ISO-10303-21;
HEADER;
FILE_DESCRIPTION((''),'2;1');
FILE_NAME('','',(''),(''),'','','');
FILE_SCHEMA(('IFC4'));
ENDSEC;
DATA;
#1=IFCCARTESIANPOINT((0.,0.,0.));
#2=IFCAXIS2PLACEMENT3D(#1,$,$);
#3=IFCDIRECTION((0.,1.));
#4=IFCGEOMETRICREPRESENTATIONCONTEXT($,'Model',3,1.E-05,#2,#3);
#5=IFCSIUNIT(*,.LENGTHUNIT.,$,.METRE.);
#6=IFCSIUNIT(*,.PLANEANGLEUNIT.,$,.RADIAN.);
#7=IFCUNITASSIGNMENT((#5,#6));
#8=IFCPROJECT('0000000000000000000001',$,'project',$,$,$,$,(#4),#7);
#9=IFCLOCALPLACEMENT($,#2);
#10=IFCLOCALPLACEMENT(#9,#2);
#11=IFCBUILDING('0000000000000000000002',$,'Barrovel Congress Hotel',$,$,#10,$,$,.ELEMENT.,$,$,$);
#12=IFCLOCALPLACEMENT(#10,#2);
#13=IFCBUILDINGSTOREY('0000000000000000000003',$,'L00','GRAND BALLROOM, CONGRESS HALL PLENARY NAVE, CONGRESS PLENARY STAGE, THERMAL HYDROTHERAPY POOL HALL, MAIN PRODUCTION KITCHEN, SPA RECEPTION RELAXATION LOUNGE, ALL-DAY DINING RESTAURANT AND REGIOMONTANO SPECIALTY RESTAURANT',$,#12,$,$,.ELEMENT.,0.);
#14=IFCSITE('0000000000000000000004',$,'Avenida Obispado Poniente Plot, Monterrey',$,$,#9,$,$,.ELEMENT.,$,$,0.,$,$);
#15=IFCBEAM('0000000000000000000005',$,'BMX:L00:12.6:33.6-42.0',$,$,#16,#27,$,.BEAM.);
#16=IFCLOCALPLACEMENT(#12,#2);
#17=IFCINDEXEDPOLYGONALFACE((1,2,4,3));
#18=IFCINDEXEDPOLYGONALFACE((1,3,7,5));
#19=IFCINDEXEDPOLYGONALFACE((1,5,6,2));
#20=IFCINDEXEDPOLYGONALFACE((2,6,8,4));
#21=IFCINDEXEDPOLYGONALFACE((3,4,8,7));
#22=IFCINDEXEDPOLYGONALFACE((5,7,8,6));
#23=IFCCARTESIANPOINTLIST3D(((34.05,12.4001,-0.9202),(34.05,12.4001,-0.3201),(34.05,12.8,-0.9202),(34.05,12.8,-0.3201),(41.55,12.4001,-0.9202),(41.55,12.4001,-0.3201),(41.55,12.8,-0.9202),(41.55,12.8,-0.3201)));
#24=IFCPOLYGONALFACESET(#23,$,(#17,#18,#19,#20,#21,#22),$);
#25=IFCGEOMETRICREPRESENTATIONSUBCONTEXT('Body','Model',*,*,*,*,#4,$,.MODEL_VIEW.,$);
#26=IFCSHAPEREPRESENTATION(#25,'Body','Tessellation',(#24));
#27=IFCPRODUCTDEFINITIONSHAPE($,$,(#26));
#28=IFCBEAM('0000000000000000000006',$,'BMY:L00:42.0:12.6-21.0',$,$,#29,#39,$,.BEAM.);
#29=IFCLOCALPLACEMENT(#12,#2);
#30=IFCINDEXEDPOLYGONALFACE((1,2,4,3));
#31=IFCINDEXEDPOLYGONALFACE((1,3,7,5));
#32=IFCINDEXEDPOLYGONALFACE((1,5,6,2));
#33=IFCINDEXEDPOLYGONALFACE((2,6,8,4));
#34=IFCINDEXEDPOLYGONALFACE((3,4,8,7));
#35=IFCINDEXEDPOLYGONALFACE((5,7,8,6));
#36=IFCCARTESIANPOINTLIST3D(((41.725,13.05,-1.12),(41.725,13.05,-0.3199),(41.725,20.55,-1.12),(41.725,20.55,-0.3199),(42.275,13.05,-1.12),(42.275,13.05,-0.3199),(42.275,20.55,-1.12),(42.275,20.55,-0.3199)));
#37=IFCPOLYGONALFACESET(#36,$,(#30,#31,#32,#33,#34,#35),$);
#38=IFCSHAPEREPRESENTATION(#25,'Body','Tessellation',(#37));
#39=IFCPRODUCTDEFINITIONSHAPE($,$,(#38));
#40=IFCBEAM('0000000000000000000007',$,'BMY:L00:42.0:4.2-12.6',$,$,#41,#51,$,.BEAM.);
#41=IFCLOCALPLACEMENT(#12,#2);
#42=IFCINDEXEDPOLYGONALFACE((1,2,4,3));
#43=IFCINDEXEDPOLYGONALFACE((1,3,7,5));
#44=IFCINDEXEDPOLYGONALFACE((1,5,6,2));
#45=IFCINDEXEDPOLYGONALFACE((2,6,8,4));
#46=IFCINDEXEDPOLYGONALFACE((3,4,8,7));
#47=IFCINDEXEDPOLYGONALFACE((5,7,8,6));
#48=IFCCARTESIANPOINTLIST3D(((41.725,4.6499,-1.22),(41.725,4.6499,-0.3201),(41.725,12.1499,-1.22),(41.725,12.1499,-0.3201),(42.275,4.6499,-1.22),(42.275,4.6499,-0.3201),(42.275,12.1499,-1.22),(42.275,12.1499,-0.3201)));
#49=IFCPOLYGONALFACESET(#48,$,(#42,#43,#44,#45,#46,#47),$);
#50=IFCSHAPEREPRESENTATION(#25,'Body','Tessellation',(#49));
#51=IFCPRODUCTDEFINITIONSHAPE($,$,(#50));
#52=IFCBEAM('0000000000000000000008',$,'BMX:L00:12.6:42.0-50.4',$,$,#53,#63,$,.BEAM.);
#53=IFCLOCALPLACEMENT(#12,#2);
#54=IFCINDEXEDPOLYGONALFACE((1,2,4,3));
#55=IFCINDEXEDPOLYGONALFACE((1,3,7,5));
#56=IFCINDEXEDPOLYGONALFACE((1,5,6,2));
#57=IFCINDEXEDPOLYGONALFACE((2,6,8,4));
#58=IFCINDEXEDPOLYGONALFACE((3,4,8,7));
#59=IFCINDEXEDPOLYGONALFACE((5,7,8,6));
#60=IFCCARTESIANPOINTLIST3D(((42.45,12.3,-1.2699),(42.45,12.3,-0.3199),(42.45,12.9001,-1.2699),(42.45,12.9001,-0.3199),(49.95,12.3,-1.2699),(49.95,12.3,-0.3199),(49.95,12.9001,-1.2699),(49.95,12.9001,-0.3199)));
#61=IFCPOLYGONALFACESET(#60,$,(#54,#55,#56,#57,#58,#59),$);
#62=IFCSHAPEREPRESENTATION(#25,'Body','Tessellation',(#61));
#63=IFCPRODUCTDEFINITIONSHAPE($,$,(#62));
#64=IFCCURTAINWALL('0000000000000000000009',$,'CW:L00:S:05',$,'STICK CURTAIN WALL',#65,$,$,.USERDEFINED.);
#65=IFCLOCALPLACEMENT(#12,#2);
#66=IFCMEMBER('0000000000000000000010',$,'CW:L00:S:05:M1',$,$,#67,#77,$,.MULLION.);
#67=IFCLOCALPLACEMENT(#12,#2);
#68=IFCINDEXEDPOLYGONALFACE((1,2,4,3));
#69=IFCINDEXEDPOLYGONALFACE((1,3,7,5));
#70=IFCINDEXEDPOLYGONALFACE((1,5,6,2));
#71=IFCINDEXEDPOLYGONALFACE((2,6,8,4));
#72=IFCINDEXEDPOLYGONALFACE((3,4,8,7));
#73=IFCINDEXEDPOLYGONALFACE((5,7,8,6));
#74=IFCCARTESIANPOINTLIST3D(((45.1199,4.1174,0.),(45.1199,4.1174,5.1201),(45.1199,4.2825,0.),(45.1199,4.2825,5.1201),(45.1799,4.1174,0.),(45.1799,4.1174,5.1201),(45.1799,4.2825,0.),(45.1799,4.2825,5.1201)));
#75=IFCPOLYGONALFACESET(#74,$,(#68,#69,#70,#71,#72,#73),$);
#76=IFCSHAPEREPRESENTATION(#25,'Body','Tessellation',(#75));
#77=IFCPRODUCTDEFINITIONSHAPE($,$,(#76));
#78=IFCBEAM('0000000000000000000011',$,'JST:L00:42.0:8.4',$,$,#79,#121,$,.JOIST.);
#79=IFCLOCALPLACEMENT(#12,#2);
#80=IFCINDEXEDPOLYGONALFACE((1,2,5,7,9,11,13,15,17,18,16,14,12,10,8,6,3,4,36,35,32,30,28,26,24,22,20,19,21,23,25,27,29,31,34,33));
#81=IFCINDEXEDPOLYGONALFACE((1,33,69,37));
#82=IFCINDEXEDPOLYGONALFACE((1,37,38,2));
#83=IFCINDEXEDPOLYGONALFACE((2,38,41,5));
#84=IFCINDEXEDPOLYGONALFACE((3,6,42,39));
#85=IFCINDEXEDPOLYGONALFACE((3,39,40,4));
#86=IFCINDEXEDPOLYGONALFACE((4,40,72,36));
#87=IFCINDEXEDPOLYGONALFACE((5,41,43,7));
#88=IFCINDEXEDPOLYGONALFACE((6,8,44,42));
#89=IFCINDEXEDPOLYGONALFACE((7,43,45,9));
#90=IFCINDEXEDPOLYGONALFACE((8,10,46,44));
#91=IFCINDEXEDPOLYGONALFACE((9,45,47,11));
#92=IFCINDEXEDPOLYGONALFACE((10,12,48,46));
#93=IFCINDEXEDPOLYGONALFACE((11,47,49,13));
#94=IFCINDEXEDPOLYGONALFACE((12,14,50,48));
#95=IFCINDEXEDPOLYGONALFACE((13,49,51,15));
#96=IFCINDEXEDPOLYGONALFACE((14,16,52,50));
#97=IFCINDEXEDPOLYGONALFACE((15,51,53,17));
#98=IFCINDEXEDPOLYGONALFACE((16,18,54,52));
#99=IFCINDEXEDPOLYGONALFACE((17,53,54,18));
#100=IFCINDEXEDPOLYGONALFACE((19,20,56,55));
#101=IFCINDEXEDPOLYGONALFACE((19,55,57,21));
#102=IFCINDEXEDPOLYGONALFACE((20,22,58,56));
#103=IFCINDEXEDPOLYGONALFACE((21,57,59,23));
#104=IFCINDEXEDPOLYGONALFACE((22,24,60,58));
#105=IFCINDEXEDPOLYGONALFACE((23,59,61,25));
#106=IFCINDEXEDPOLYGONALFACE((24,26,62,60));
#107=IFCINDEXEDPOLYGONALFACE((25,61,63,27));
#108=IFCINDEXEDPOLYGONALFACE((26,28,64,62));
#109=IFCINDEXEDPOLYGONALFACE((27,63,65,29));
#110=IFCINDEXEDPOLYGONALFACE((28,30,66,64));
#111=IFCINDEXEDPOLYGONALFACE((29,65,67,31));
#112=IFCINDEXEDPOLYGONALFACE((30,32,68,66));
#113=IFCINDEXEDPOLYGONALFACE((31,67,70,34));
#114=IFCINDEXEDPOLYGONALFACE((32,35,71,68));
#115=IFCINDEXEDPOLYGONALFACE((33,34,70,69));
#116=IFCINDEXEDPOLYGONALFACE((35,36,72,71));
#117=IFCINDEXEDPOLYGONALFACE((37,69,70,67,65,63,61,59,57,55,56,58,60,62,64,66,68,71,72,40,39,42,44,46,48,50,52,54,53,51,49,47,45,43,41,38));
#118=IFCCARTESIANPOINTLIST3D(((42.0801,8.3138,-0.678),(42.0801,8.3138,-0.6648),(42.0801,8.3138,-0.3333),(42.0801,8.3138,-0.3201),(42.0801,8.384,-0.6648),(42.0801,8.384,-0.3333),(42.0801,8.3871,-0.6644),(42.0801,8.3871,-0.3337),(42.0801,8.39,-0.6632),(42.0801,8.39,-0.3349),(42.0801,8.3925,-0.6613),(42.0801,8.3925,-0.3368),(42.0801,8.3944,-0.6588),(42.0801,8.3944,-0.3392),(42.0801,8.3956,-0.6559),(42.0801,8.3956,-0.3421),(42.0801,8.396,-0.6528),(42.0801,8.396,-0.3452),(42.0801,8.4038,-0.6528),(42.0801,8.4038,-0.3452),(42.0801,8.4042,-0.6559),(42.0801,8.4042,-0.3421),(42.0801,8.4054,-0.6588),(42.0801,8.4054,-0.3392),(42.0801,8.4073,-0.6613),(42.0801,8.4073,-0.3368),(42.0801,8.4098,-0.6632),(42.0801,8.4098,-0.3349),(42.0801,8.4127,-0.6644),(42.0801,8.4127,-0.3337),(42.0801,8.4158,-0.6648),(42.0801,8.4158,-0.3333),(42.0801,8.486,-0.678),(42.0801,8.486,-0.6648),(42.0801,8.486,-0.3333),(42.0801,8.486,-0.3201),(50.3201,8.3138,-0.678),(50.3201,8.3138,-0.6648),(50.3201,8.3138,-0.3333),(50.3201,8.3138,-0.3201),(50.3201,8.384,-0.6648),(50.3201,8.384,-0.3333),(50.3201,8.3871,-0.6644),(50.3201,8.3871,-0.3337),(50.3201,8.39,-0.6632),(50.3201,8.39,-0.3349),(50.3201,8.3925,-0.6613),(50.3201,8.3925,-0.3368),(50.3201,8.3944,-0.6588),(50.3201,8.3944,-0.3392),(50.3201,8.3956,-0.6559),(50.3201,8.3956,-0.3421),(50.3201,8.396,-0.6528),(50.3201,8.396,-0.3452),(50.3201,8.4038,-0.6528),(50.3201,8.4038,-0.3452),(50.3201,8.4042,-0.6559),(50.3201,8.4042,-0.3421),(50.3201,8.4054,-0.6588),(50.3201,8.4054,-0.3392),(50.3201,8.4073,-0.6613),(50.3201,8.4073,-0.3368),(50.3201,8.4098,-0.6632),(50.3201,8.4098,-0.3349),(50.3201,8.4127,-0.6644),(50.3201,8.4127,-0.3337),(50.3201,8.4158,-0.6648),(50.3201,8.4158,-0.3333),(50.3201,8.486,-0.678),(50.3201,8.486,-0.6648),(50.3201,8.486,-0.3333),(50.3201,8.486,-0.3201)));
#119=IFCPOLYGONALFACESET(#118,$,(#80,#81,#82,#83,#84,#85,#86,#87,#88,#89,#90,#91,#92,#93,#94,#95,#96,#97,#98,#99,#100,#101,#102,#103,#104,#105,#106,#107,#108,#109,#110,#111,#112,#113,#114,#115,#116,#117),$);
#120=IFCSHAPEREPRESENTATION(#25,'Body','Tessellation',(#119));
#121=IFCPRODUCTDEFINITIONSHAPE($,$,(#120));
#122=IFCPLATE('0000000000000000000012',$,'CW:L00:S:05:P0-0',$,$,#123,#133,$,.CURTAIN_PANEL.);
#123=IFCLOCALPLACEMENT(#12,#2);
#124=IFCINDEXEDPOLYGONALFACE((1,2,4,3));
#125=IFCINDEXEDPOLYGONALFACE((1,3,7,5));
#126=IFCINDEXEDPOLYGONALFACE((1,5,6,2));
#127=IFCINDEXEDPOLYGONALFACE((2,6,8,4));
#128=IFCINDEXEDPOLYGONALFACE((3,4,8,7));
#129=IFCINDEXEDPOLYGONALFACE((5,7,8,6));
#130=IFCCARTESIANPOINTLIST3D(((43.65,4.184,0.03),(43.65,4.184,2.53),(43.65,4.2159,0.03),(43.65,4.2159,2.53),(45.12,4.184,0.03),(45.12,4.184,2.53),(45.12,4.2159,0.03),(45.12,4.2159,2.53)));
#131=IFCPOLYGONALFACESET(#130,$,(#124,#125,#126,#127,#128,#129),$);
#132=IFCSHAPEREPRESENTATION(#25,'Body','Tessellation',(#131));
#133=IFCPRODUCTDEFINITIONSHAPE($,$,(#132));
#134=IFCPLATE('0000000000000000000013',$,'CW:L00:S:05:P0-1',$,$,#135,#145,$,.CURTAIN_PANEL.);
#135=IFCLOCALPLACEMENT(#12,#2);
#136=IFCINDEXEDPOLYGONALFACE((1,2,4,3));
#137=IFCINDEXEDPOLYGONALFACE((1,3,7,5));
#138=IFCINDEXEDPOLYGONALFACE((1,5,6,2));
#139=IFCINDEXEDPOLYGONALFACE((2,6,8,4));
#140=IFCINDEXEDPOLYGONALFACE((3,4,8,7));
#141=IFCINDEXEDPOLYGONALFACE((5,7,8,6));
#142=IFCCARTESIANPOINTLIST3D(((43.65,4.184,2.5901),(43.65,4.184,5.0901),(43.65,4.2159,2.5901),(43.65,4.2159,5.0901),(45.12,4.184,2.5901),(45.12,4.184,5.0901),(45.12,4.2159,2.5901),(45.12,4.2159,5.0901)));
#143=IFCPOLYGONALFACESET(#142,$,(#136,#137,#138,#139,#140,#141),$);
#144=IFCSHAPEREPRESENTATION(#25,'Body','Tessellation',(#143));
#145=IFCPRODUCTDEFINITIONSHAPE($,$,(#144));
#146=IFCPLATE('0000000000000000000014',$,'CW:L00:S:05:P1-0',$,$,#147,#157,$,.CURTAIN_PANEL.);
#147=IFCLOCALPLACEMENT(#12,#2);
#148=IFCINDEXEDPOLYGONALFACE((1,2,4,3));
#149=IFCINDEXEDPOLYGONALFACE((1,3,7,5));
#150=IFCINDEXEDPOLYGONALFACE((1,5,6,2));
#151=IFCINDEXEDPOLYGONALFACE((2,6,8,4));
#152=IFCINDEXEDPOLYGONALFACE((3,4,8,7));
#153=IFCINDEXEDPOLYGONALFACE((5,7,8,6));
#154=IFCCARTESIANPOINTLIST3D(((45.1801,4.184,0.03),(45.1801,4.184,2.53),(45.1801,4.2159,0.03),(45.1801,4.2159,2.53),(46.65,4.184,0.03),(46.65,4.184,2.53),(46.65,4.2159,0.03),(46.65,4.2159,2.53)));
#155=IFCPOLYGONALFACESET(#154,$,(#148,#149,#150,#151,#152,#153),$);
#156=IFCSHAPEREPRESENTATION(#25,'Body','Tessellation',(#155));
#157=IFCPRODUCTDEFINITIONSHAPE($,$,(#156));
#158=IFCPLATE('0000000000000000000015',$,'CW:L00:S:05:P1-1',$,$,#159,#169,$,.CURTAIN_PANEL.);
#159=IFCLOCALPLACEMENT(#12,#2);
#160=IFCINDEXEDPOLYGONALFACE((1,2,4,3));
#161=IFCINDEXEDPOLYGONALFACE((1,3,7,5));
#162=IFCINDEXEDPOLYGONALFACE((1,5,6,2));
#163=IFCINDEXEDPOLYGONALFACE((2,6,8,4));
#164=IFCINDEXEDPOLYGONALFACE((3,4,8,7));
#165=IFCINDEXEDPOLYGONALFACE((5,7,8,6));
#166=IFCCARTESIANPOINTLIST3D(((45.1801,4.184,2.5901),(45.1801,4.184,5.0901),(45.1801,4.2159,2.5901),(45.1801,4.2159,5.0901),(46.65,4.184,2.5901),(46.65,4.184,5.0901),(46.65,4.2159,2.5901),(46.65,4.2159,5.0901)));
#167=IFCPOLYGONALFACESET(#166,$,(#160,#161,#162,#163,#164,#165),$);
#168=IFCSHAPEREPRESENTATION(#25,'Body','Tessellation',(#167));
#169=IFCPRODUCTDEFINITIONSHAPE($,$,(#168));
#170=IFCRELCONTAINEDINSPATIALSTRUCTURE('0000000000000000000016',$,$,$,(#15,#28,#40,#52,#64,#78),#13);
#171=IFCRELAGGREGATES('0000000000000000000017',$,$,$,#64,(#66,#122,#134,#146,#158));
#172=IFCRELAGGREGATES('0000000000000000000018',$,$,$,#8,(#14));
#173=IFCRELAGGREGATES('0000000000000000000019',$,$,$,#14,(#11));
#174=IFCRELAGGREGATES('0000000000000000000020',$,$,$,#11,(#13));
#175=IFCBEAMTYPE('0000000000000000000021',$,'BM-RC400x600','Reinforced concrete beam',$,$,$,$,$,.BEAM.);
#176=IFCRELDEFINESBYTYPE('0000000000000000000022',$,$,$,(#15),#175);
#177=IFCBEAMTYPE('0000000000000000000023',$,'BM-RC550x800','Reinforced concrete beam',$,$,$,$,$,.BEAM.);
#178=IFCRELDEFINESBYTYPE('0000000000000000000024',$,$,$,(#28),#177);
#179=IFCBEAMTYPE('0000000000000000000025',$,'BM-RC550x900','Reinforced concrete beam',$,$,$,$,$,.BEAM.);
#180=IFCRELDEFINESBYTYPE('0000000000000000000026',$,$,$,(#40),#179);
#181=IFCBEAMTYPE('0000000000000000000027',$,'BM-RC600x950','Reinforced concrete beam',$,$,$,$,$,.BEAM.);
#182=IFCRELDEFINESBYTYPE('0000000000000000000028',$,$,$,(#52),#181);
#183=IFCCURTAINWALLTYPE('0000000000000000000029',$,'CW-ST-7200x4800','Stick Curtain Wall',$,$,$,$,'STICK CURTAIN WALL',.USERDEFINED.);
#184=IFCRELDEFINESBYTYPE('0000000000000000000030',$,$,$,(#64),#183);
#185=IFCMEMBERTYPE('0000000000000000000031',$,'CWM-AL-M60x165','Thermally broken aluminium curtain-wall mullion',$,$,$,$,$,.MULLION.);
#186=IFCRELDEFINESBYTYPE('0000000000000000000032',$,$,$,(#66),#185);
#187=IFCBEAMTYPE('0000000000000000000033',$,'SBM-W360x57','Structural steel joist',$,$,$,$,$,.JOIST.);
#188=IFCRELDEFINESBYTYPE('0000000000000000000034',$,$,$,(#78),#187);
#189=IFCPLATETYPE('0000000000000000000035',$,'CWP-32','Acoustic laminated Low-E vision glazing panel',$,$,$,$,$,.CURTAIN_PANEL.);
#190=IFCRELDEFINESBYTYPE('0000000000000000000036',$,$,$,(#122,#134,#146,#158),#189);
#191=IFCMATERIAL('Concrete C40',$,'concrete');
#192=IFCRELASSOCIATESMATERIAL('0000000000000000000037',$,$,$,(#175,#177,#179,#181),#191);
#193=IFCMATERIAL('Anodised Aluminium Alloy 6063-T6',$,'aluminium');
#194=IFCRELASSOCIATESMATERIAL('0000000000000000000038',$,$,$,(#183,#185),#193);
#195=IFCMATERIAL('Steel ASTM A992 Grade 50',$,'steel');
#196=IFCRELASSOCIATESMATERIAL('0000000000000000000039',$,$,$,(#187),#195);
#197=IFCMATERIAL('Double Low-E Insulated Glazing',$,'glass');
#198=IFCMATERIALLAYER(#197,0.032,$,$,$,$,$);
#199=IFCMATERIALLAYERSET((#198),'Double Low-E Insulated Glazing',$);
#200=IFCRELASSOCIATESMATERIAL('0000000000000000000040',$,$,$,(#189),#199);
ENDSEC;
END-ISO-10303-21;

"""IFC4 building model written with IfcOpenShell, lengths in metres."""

from ifc_helpers import new_model, si_unit, direction, frame, origin, origin_2d, place, context, subcontext, project, spatial, rectangle, i_section, extrude, material, layer, layer_set, material_profile, profile_set, type_object, element, aggregate, save


model = new_model("IFC4")

# Units and contexts
model_context = context("Model", 3, precision=1e-05, world=origin(), true_north=direction((0.0, 1.0)))
body_context = subcontext(model_context, "Body", "Model", "MODEL_VIEW")
ifc_project = project(units=[si_unit("LENGTHUNIT", "METRE"), si_unit("PLANEANGLEUNIT", "RADIAN")], contexts=[model_context])

# Site, building, storey
site_placement = place(None, origin())
site = spatial("IfcSite", under=ifc_project, at=site_placement, Name="Avenida Obispado Poniente Plot, Monterrey", CompositionType="ELEMENT", RefElevation=0.0)
building_placement = place(site_placement, origin())
building = spatial("IfcBuilding", under=site, at=building_placement, Name="Barrovel Congress Hotel", CompositionType="ELEMENT")
storey_placement = place(building_placement, origin())
storey = spatial("IfcBuildingStorey", under=building, at=storey_placement, Name="L00", Description="GRAND BALLROOM, CONGRESS HALL PLENARY NAVE, CONGRESS PLENARY STAGE, THERMAL HYDROTHERAPY POOL HALL, MAIN PRODUCTION KITCHEN, SPA RECEPTION RELAXATION LOUNGE, ALL-DAY DINING RESTAURANT AND REGIOMONTANO SPECIALTY RESTAURANT", CompositionType="ELEMENT", Elevation=0.0)

# Beams
ifc_material_1 = material(Name="Concrete C40", Category="concrete")
ifc_material_profile_1 = material_profile(ifc_material_1, rectangle(XDim=0.3999, YDim=0.6001, at=origin_2d()), Name="RC400x600")
ifc_profile_set_1 = profile_set([ifc_material_profile_1], Name="Concrete C40")
beam_type_1 = type_object("IfcBeamType", Name="BM-RC400x600", Description="Reinforced concrete beam", PredefinedType="BEAM", material=ifc_profile_set_1)
beam_1_placement = place(storey_placement, frame((34.05, 12.6001, -0.6201), z_axis=(1.0, 0.0, 0.0), x_axis=(0.0, 1.0, 0.0)))
element("IfcBeam", 1, at=beam_1_placement, inside=storey, type_object=beam_type_1, Name="BMX:L00:12.6:33.6-42.0", PredefinedType="BEAM", context=body_context, shape_type="SweptSolid", body=[
    extrude(rectangle(XDim=0.3999, YDim=0.6001, at=origin_2d()), origin(), (0.0, 0.0, 1.0), 7.5),
])
ifc_material_profile_2 = material_profile(ifc_material_1, rectangle(XDim=0.55, YDim=0.8, at=origin_2d()), Name="RC550x800")
ifc_profile_set_2 = profile_set([ifc_material_profile_2], Name="Concrete C40")
beam_type_2 = type_object("IfcBeamType", Name="BM-RC550x800", Description="Reinforced concrete beam", PredefinedType="BEAM", material=ifc_profile_set_2)
beam_2_placement = place(storey_placement, frame((42.0, 13.05, -0.72), z_axis=(0.0, 1.0, 0.0), x_axis=(-1.0, 0.0, 0.0)))
element("IfcBeam", 2, at=beam_2_placement, inside=storey, type_object=beam_type_2, Name="BMY:L00:42.0:12.6-21.0", PredefinedType="BEAM", context=body_context, shape_type="SweptSolid", body=[
    extrude(rectangle(XDim=0.55, YDim=0.8, at=origin_2d()), origin(), (0.0, 0.0, 1.0), 7.5),
])
ifc_material_profile_3 = material_profile(ifc_material_1, rectangle(XDim=0.55, YDim=0.8999, at=origin_2d()), Name="RC550x900")
ifc_profile_set_3 = profile_set([ifc_material_profile_3], Name="Concrete C40")
beam_type_3 = type_object("IfcBeamType", Name="BM-RC550x900", Description="Reinforced concrete beam", PredefinedType="BEAM", material=ifc_profile_set_3)
beam_3_placement = place(storey_placement, frame((42.0, 4.6499, -0.77), z_axis=(0.0, 1.0, 0.0), x_axis=(-1.0, 0.0, 0.0)))
element("IfcBeam", 3, at=beam_3_placement, inside=storey, type_object=beam_type_3, Name="BMY:L00:42.0:4.2-12.6", PredefinedType="BEAM", context=body_context, shape_type="SweptSolid", body=[
    extrude(rectangle(XDim=0.55, YDim=0.8999, at=origin_2d()), origin(), (0.0, 0.0, 1.0), 7.5),
])
ifc_material_profile_4 = material_profile(ifc_material_1, rectangle(XDim=0.6001, YDim=0.95, at=origin_2d()), Name="RC600x950")
ifc_profile_set_4 = profile_set([ifc_material_profile_4], Name="Concrete C40")
beam_type_4 = type_object("IfcBeamType", Name="BM-RC600x950", Description="Reinforced concrete beam", PredefinedType="BEAM", material=ifc_profile_set_4)
beam_4_placement = place(storey_placement, frame((42.45, 12.6001, -0.7949), z_axis=(1.0, 0.0, 0.0), x_axis=(0.0, 1.0, 0.0)))
element("IfcBeam", 4, at=beam_4_placement, inside=storey, type_object=beam_type_4, Name="BMX:L00:12.6:42.0-50.4", PredefinedType="BEAM", context=body_context, shape_type="SweptSolid", body=[
    extrude(rectangle(XDim=0.6001, YDim=0.95, at=origin_2d()), origin(), (0.0, 0.0, 1.0), 7.5),
])

# Curtain wall, member
ifc_material_2 = material(Name="Anodised Aluminium Alloy 6063-T6", Category="aluminium")
curtain_wall_type = type_object("IfcCurtainWallType", Name="CW-ST-7200x4800", Description="Stick Curtain Wall", ElementType="STICK CURTAIN WALL", PredefinedType="USERDEFINED", material=ifc_material_2)
curtain_wall_placement = place(storey_placement, origin())
curtain_wall = element("IfcCurtainWall", 5, at=curtain_wall_placement, inside=storey, type_object=curtain_wall_type, Name="CW:L00:S:05", ObjectType="STICK CURTAIN WALL", PredefinedType="USERDEFINED")
ifc_material_profile_5 = material_profile(ifc_material_2, rectangle(XDim=0.0601, YDim=0.165, at=origin_2d()), Name="AL-M60x165")
ifc_profile_set_5 = profile_set([ifc_material_profile_5], Name="Anodised Aluminium Alloy 6063-T6")
member_type = type_object("IfcMemberType", Name="CWM-AL-M60x165", Description="Thermally broken aluminium curtain-wall mullion", PredefinedType="MULLION", material=ifc_profile_set_5)
member_placement = place(storey_placement, frame((45.1499, 4.2, 0.0), z_axis=(0.0, 0.0, 1.0), x_axis=(1.0, 0.0, 0.0)))
member = element("IfcMember", 6, at=member_placement, type_object=member_type, Name="CW:L00:S:05:M1", PredefinedType="MULLION", context=body_context, shape_type="SweptSolid", body=[
    extrude(rectangle(XDim=0.0601, YDim=0.165, at=origin_2d()), origin(), (0.0, 0.0, 1.0), 5.1201),
])

# Beam
ifc_material_3 = material(Name="Steel ASTM A992 Grade 50", Category="steel")
ifc_material_profile_6 = material_profile(ifc_material_3, i_section(OverallWidth=0.1721, OverallDepth=0.3579, WebThickness=0.0078, FlangeThickness=0.0132, FilletRadius=0.012, at=origin_2d()), Name="W360x57")
ifc_profile_set_6 = profile_set([ifc_material_profile_6], Name="Steel ASTM A992 Grade 50")
beam_type_5 = type_object("IfcBeamType", Name="SBM-W360x57", Description="Structural steel joist", PredefinedType="JOIST", material=ifc_profile_set_6)
beam_5_placement = place(storey_placement, frame((42.0801, 8.3999, -0.499), z_axis=(1.0, 0.0, 0.0), x_axis=(0.0, 1.0, 0.0)))
element("IfcBeam", 7, at=beam_5_placement, inside=storey, type_object=beam_type_5, Name="JST:L00:42.0:8.4", PredefinedType="JOIST", context=body_context, shape_type="SweptSolid", body=[
    extrude(i_section(OverallWidth=0.1721, OverallDepth=0.3579, WebThickness=0.0078, FlangeThickness=0.0132, FilletRadius=0.012, at=origin_2d()), origin(), (0.0, 0.0, 1.0), 8.24),
])

# Plates
ifc_material_4 = material(Name="Double Low-E Insulated Glazing", Category="glass")
ifc_layer_1 = layer(ifc_material_4, 0.032)
ifc_layer_set_1 = layer_set([ifc_layer_1], Name="Double Low-E Insulated Glazing")
plate_type = type_object("IfcPlateType", Name="CWP-32", Description="Acoustic laminated Low-E vision glazing panel", PredefinedType="CURTAIN_PANEL", material=ifc_layer_set_1)
plate_1_placement = place(storey_placement, frame((44.385, 4.2, 0.03), z_axis=(0.0, 0.0, 1.0), x_axis=(1.0, 0.0, 0.0)))
plate_1 = element("IfcPlate", 8, at=plate_1_placement, type_object=plate_type, Name="CW:L00:S:05:P0-0", PredefinedType="CURTAIN_PANEL", context=body_context, shape_type="SweptSolid", body=[
    extrude(rectangle(XDim=1.47, YDim=0.032, at=origin_2d()), origin(), (0.0, 0.0, 1.0), 2.5),
])
plate_2_placement = place(storey_placement, frame((44.385, 4.2, 2.5901), z_axis=(0.0, 0.0, 1.0), x_axis=(1.0, 0.0, 0.0)))
plate_2 = element("IfcPlate", 9, at=plate_2_placement, type_object=plate_type, Name="CW:L00:S:05:P0-1", PredefinedType="CURTAIN_PANEL", context=body_context, shape_type="SweptSolid", body=[
    extrude(rectangle(XDim=1.47, YDim=0.032, at=origin_2d()), origin(), (0.0, 0.0, 1.0), 2.5),
])
plate_3_placement = place(storey_placement, frame((45.915, 4.2, 0.03), z_axis=(0.0, 0.0, 1.0), x_axis=(1.0, 0.0, 0.0)))
plate_3 = element("IfcPlate", 10, at=plate_3_placement, type_object=plate_type, Name="CW:L00:S:05:P1-0", PredefinedType="CURTAIN_PANEL", context=body_context, shape_type="SweptSolid", body=[
    extrude(rectangle(XDim=1.47, YDim=0.032, at=origin_2d()), origin(), (0.0, 0.0, 1.0), 2.5),
])
plate_4_placement = place(storey_placement, frame((45.915, 4.2, 2.5901), z_axis=(0.0, 0.0, 1.0), x_axis=(1.0, 0.0, 0.0)))
plate_4 = element("IfcPlate", 11, at=plate_4_placement, type_object=plate_type, Name="CW:L00:S:05:P1-1", PredefinedType="CURTAIN_PANEL", context=body_context, shape_type="SweptSolid", body=[
    extrude(rectangle(XDim=1.47, YDim=0.032, at=origin_2d()), origin(), (0.0, 0.0, 1.0), 2.5),
])
aggregate(curtain_wall, [member, plate_1, plate_2, plate_3, plate_4])

save(model, "model.ifc")
